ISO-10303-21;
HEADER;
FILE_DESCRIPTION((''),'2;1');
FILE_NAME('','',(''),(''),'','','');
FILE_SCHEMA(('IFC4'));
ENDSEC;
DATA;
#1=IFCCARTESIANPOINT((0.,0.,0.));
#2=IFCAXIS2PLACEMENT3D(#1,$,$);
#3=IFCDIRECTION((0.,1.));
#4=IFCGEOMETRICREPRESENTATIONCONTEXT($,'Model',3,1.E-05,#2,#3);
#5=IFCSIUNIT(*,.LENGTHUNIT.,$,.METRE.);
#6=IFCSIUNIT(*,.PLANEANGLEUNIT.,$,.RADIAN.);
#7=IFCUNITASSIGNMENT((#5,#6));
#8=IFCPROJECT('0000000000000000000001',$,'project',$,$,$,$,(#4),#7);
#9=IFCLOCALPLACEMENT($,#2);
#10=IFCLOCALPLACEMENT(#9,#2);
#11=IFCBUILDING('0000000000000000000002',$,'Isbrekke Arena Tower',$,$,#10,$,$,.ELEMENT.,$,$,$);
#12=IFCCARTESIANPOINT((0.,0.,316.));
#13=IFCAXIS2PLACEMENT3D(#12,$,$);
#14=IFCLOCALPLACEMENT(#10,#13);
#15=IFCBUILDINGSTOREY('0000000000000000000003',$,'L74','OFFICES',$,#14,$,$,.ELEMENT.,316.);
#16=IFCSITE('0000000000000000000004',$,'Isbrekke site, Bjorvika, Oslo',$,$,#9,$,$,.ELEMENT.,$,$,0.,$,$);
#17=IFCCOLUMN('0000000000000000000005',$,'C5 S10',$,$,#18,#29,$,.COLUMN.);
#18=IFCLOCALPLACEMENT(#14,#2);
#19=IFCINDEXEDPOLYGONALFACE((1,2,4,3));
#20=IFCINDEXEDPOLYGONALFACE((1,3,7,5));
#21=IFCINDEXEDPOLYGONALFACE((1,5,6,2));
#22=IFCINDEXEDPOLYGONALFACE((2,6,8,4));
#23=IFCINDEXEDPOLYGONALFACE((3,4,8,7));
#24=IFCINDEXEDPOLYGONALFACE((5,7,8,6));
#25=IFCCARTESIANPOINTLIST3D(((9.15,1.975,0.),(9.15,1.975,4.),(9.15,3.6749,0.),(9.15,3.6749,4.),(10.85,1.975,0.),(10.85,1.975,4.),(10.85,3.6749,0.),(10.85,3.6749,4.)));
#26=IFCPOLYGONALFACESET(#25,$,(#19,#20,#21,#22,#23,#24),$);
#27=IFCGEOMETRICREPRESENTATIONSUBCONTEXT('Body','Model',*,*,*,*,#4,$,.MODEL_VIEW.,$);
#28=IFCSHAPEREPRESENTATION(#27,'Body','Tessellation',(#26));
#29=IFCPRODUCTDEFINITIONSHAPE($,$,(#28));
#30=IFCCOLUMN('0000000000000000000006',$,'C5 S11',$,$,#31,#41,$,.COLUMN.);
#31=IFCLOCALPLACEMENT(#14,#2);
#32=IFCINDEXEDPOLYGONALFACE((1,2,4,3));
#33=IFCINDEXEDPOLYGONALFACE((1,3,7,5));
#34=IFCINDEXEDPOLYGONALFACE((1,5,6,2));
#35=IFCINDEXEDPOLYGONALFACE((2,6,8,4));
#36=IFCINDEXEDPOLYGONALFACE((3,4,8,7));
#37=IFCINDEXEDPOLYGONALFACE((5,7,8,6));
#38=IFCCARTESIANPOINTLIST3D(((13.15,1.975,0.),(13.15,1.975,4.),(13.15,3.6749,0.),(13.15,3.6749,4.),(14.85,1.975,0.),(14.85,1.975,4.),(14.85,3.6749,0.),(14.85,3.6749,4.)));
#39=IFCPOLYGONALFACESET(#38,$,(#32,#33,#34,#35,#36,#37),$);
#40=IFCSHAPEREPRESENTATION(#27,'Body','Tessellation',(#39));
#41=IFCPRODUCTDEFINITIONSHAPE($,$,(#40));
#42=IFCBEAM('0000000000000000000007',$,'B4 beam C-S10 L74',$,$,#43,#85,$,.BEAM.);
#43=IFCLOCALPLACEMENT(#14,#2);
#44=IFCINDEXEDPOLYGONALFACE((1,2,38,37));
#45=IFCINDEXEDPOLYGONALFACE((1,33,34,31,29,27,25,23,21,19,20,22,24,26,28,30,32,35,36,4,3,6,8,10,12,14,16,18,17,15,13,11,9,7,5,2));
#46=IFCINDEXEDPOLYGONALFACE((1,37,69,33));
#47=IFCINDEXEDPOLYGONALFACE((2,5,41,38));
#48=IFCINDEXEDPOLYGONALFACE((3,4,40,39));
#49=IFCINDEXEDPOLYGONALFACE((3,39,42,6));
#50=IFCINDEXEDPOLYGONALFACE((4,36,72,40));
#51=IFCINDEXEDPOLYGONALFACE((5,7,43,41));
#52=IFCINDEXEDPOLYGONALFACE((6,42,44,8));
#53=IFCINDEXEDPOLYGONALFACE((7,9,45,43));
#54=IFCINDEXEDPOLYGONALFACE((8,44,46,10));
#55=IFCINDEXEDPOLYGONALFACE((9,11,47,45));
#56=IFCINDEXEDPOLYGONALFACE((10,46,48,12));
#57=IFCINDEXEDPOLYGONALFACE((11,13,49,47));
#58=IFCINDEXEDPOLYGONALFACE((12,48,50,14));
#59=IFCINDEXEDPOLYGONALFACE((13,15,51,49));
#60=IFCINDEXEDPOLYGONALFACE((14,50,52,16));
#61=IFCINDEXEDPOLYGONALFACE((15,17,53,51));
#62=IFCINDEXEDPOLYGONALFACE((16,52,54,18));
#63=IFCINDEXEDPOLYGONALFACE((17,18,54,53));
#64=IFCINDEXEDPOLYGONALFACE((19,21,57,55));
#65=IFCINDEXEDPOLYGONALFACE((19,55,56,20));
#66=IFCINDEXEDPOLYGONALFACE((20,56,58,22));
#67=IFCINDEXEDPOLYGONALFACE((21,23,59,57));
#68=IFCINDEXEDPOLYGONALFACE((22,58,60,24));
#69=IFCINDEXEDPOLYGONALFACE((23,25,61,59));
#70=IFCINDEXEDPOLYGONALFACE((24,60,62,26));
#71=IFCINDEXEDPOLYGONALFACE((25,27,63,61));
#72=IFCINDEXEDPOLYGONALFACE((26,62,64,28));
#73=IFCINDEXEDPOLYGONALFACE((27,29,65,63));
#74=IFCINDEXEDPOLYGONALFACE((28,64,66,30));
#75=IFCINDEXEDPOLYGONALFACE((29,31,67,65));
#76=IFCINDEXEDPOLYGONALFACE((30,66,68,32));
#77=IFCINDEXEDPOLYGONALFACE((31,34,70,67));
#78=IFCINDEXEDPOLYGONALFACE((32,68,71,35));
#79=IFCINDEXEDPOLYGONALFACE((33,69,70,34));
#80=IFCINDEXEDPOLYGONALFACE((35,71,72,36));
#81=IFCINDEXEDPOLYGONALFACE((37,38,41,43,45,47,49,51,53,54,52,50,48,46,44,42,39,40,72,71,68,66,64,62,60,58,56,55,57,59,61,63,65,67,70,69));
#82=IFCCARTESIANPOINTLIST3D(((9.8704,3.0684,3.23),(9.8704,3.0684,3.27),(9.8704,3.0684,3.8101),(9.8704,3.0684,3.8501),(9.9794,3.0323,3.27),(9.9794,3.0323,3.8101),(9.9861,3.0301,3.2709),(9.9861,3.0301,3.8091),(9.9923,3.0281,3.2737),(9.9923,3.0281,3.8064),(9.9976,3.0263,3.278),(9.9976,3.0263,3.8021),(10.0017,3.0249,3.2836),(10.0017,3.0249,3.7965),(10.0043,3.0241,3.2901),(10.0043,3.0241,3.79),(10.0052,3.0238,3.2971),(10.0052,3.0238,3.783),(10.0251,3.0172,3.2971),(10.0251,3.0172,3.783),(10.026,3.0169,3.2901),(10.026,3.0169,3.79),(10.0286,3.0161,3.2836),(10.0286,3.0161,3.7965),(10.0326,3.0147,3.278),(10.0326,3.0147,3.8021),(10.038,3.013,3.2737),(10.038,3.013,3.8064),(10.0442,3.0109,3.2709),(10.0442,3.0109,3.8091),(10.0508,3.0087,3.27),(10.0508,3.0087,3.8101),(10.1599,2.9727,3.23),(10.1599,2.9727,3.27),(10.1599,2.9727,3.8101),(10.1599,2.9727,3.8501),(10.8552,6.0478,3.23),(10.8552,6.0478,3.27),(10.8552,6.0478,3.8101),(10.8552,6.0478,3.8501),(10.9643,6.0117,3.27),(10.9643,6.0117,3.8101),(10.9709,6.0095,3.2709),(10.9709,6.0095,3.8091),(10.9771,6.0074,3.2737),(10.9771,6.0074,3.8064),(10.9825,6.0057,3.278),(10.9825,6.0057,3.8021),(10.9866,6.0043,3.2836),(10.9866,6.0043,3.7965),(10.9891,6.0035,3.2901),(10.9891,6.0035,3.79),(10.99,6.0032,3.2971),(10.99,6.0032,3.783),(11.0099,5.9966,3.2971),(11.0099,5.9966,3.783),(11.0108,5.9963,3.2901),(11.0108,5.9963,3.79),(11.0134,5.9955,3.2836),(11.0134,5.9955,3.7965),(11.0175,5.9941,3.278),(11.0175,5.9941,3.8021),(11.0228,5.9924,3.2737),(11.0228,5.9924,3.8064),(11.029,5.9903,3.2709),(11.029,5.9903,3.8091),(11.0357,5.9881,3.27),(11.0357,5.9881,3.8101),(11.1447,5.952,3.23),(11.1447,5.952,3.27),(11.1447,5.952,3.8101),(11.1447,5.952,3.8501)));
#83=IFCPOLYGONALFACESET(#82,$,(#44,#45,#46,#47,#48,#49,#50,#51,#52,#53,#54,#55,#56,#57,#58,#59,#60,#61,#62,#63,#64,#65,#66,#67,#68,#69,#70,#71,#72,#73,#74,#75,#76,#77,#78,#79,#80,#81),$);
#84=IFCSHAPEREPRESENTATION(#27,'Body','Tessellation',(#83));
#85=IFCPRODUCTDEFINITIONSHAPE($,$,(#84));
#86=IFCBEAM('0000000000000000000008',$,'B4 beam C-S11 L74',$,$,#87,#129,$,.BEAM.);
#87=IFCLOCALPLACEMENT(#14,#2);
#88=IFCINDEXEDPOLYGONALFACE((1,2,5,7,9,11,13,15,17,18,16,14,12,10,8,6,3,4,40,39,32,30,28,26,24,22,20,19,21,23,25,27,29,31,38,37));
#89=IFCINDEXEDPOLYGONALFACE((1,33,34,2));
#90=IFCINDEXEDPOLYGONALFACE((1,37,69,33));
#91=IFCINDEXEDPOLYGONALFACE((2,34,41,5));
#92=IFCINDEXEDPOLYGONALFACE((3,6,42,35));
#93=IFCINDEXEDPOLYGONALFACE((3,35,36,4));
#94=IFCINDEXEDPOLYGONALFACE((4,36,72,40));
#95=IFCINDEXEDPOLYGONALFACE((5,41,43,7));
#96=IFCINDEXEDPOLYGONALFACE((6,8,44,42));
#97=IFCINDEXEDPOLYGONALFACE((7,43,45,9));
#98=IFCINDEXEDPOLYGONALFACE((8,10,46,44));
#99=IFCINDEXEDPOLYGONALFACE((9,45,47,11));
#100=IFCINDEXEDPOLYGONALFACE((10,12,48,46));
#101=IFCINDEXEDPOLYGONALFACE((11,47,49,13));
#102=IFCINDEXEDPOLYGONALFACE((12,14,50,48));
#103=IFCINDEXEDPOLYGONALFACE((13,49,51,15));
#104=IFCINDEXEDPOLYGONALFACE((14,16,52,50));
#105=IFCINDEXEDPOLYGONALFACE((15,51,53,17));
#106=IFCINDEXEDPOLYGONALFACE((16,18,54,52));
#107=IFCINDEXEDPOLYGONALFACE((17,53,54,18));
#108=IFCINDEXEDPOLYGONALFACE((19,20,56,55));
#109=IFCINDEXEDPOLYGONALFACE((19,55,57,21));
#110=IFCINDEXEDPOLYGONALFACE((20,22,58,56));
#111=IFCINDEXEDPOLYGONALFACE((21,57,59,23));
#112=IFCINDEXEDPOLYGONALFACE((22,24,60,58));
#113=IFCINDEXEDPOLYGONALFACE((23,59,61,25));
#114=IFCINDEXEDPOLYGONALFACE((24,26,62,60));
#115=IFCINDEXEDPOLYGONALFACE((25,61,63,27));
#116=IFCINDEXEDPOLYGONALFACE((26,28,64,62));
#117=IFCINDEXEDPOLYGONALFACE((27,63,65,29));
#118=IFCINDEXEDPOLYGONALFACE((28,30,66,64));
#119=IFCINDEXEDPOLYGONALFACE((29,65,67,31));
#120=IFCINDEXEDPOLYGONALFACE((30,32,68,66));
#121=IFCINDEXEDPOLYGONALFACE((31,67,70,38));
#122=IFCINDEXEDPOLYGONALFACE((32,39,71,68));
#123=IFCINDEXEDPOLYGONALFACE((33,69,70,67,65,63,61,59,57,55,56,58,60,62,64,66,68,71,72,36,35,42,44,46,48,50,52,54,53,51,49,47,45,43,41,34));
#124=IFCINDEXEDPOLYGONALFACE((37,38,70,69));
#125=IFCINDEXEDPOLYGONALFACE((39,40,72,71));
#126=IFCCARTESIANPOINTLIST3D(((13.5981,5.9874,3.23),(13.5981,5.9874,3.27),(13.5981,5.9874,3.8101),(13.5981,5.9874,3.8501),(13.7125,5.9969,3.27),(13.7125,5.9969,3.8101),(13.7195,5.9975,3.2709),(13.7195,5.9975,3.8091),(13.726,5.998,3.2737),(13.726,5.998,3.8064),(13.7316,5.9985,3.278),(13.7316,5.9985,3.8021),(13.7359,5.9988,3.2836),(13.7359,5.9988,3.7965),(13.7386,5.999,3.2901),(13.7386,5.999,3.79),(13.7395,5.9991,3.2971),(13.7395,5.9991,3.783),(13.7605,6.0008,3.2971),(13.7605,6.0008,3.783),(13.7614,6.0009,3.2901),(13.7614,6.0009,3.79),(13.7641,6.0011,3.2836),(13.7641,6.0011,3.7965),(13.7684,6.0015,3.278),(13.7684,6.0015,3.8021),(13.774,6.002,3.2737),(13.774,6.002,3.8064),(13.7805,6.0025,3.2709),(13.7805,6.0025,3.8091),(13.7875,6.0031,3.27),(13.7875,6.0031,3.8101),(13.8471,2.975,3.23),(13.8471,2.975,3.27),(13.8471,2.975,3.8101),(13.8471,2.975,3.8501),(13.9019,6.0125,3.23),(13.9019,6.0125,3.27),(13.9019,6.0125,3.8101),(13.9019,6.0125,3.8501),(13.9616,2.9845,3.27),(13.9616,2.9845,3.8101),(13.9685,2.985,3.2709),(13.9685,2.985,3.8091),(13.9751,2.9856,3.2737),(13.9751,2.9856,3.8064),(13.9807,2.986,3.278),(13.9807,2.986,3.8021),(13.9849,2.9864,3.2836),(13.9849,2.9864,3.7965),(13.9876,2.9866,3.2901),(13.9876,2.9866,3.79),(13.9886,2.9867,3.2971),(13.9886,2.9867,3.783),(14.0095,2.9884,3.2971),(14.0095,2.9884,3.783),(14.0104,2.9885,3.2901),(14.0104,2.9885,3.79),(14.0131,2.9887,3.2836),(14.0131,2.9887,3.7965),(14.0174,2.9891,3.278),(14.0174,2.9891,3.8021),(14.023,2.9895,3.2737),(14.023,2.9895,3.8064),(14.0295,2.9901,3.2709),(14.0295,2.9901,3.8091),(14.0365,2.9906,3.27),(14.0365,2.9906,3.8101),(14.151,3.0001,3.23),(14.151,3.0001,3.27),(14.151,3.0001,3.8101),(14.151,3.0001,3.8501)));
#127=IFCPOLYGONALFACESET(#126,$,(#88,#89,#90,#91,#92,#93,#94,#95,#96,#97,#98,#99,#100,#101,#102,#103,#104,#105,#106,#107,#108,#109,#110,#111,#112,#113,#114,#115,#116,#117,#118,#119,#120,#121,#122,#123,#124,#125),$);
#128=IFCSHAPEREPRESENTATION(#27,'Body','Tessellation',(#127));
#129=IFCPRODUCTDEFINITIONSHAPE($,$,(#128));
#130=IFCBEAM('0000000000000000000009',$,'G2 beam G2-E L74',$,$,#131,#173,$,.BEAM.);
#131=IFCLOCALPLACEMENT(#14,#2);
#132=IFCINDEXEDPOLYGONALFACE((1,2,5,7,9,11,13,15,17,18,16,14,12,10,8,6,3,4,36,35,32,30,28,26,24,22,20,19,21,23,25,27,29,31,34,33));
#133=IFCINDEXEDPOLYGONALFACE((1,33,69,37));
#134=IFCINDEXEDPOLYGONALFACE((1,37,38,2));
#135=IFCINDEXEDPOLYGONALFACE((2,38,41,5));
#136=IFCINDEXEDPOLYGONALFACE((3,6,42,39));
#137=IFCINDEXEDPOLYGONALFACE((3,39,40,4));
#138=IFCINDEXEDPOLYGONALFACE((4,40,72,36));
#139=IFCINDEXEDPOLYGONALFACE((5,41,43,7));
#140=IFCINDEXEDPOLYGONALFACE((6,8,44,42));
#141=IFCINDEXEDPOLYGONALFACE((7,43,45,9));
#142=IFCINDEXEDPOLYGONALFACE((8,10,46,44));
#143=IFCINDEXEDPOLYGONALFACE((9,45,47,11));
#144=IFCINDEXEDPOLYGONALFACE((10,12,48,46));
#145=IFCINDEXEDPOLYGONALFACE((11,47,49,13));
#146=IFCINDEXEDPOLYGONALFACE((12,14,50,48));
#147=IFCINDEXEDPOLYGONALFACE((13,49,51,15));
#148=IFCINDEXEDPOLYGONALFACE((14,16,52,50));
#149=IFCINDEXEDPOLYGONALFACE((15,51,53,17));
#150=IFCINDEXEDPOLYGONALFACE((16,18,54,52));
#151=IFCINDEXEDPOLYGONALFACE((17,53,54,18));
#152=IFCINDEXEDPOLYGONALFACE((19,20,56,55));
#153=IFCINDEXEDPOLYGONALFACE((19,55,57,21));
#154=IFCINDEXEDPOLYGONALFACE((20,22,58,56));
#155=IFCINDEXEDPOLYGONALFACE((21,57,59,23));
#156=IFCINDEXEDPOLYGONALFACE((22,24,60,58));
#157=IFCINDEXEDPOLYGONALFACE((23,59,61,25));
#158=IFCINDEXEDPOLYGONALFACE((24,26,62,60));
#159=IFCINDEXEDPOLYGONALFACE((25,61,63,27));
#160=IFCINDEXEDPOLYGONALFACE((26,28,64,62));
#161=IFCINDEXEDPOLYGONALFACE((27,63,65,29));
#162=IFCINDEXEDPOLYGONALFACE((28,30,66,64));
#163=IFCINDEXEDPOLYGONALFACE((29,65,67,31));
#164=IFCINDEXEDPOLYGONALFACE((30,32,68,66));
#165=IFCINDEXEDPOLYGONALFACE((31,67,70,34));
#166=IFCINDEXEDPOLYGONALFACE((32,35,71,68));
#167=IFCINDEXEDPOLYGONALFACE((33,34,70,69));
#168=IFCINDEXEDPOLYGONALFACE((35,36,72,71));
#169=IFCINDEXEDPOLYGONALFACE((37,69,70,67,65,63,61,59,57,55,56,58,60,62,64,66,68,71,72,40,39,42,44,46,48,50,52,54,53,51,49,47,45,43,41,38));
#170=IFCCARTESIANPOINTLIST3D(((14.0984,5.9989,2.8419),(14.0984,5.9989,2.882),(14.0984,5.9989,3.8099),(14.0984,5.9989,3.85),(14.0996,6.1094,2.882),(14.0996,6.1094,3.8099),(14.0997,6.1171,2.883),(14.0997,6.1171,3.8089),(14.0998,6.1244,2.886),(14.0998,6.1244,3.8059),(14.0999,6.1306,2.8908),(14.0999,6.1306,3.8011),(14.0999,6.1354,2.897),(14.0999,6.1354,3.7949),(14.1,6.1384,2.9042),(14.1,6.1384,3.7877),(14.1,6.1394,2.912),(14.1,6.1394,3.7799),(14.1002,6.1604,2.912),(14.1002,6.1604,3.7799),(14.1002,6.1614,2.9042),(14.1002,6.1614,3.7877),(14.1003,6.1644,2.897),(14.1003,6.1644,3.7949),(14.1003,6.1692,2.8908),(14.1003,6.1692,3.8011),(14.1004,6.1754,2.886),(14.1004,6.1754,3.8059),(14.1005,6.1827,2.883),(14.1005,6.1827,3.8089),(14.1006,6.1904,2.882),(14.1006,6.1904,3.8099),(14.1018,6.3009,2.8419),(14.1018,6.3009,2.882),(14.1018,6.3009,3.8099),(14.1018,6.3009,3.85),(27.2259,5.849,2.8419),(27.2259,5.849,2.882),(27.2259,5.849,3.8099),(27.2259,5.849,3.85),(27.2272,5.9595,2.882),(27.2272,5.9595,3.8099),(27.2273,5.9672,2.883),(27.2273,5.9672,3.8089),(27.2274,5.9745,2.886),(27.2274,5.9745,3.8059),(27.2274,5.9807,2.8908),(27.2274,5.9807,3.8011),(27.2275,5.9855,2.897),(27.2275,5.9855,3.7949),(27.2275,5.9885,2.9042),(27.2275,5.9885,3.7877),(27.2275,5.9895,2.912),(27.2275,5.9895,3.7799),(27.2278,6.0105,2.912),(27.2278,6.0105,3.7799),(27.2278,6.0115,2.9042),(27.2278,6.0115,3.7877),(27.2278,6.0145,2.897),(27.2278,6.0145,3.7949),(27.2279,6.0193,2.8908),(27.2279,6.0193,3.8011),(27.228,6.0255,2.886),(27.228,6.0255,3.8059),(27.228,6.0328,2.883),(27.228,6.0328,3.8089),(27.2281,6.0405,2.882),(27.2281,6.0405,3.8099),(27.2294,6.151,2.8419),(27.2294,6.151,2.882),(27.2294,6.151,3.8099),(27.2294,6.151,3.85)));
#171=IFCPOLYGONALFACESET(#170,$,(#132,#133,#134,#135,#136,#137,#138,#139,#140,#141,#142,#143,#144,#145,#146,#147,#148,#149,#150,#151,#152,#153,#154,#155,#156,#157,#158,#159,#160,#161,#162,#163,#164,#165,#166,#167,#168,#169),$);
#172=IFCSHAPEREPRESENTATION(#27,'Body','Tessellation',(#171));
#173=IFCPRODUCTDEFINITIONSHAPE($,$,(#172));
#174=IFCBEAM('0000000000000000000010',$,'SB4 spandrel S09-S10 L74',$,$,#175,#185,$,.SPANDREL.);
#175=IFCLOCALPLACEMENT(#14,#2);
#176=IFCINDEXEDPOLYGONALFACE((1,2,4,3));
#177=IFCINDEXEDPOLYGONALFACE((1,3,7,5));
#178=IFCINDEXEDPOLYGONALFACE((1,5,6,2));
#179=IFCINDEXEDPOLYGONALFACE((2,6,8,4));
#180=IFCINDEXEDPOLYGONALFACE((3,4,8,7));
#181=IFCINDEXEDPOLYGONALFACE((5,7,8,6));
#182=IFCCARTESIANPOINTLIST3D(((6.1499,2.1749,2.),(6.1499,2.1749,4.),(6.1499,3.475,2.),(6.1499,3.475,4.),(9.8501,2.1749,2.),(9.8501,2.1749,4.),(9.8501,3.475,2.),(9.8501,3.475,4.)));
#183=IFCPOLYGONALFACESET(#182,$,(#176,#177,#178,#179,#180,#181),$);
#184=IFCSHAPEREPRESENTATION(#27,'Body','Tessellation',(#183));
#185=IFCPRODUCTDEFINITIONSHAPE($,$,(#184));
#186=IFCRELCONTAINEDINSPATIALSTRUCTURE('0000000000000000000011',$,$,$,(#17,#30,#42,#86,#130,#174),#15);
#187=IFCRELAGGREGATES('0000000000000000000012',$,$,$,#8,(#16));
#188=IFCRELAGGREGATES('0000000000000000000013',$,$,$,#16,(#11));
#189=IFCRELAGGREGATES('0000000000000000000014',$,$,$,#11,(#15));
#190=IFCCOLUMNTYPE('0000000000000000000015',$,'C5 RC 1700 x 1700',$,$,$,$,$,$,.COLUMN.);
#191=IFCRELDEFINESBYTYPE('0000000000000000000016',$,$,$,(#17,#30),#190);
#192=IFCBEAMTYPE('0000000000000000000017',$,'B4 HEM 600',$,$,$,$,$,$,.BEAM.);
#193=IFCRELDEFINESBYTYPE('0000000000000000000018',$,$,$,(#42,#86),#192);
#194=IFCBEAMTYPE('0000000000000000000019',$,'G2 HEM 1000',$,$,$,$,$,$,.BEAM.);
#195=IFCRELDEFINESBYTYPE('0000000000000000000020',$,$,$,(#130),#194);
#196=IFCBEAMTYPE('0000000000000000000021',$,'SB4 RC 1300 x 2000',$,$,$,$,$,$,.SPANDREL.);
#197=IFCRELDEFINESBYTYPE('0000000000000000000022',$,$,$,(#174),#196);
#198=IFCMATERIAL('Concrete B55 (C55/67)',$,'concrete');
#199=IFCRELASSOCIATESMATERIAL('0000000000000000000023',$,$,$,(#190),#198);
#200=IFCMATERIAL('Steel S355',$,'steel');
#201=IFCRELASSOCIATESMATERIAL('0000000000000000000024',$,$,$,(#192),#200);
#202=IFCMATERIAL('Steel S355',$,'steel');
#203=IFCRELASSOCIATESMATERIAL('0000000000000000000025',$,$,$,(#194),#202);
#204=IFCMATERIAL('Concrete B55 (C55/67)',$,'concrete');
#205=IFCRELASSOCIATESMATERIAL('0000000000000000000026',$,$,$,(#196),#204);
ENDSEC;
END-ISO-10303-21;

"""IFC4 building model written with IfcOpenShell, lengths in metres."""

from ifc_helpers import new_model, si_unit, direction, frame, origin, origin_2d, place, context, subcontext, project, spatial, rectangle, i_section, extrude, material, material_profile, profile_set, type_object, element, save


model = new_model("IFC4")

# Units and contexts
model_context = context("Model", 3, precision=1e-05, world=origin(), true_north=direction((0.0, 1.0)))
body_context = subcontext(model_context, "Body", "Model", "MODEL_VIEW")
ifc_project = project(units=[si_unit("LENGTHUNIT", "METRE"), si_unit("PLANEANGLEUNIT", "RADIAN")], contexts=[model_context])

# Site, building, storey
site_placement = place(None, origin())
site = spatial("IfcSite", under=ifc_project, at=site_placement, Name="Isbrekke site, Bjorvika, Oslo", CompositionType="ELEMENT", RefElevation=0.0)
building_placement = place(site_placement, origin())
building = spatial("IfcBuilding", under=site, at=building_placement, Name="Isbrekke Arena Tower", CompositionType="ELEMENT")
storey_placement = place(building_placement, frame((0.0, 0.0, 316.0)))
storey = spatial("IfcBuildingStorey", under=building, at=storey_placement, Name="L74", Description="OFFICES", CompositionType="ELEMENT", Elevation=316.0)

# Columns
ifc_material_1 = material(Name="Concrete B55 (C55/67)", Category="concrete")
ifc_material_profile_1 = material_profile(ifc_material_1, rectangle(XDim=1.7, YDim=1.7, at=origin_2d()), Name="RC 1700x1700")
ifc_profile_set_1 = profile_set([ifc_material_profile_1], Name="Concrete B55 (C55/67)")
column_type = type_object("IfcColumnType", Name="C5 RC 1700 x 1700", PredefinedType="COLUMN", material=ifc_profile_set_1)
for number, where, z_axis, x_axis, name in (
    (1, (10.0, 2.825, 0.0), (0.0, 0.0, 1.0), (1.0, 0.0, 0.0), "C5 S10"),
    (2, (14.0, 2.825, 0.0), (0.0, 0.0, 1.0), (1.0, 0.0, 0.0), "C5 S11"),
):
    element("IfcColumn", number, at=place(storey_placement, frame(where, z_axis=z_axis, x_axis=x_axis)), inside=storey, type_object=column_type, Name=name, PredefinedType="COLUMN", context=body_context, shape_type="SweptSolid", body=[
        extrude(rectangle(XDim=1.7, YDim=1.7, at=origin_2d()), origin(), (0.0, 0.0, 1.0), 4.0),
    ])

# Beams
ifc_material_2 = material(Name="Steel S355", Category="steel")
ifc_material_profile_2 = material_profile(ifc_material_2, i_section(OverallWidth=0.3049, OverallDepth=0.6201, WebThickness=0.021, FlangeThickness=0.04, FilletRadius=0.0271, at=origin_2d()), Name="HEM 600")
ifc_profile_set_2 = profile_set([ifc_material_profile_2], Name="Steel S355")
beam_type_1 = type_object("IfcBeamType", Name="B4 HEM 600", PredefinedType="BEAM", material=ifc_profile_set_2)
beam_1_placement = place(storey_placement, frame((10.0151, 3.0205, 3.54), z_axis=(0.313846, 0.949474, 0.0), x_axis=(-0.949474, 0.313846, 0.0)))
element("IfcBeam", 3, at=beam_1_placement, inside=storey, type_object=beam_type_1, Name="B4 beam C-S10 L74", PredefinedType="BEAM", context=body_context, shape_type="SweptSolid", body=[
    extrude(i_section(OverallWidth=0.3049, OverallDepth=0.6201, WebThickness=0.021, FlangeThickness=0.04, FilletRadius=0.0271, at=origin_2d()), origin(), (0.0, 0.0, 1.0), 3.1379),
])
beam_2_placement = place(storey_placement, frame((13.999, 2.9875, 3.54), z_axis=(-0.082384, 0.996601, 0.0), x_axis=(-0.996601, -0.082384, 0.0)))
element("IfcBeam", 4, at=beam_2_placement, inside=storey, type_object=beam_type_1, Name="B4 beam C-S11 L74", PredefinedType="BEAM", context=body_context, shape_type="SweptSolid", body=[
    extrude(i_section(OverallWidth=0.3049, OverallDepth=0.6201, WebThickness=0.021, FlangeThickness=0.04, FilletRadius=0.0271, at=origin_2d()), origin(), (0.0, 0.0, 1.0), 3.0227),
])
ifc_material_3 = material(Name="Steel S355", Category="steel")
ifc_material_profile_3 = material_profile(ifc_material_3, i_section(OverallWidth=0.302, OverallDepth=1.0081, WebThickness=0.021, FlangeThickness=0.04, FilletRadius=0.03, at=origin_2d()), Name="HEM 1000")
ifc_profile_set_3 = profile_set([ifc_material_profile_3], Name="Steel S355")
beam_type_2 = type_object("IfcBeamType", Name="G2 HEM 1000", PredefinedType="BEAM", material=ifc_profile_set_3)
beam_3_placement = place(storey_placement, frame((14.1001, 6.1499, 3.3459), z_axis=(0.999935, -0.011418, 0.0), x_axis=(0.011418, 0.999935, 0.0)))
element("IfcBeam", 5, at=beam_3_placement, inside=storey, type_object=beam_type_2, Name="G2 beam G2-E L74", PredefinedType="BEAM", context=body_context, shape_type="SweptSolid", body=[
    extrude(i_section(OverallWidth=0.302, OverallDepth=1.0081, WebThickness=0.021, FlangeThickness=0.04, FilletRadius=0.03, at=origin_2d()), origin(), (0.0, 0.0, 1.0), 13.1284),
])
ifc_material_4 = material(Name="Concrete B55 (C55/67)", Category="concrete")
ifc_material_profile_4 = material_profile(ifc_material_4, rectangle(XDim=1.3, YDim=2.0, at=origin_2d()), Name="RC 1300x2000")
ifc_profile_set_4 = profile_set([ifc_material_profile_4], Name="Concrete B55 (C55/67)")
beam_type_3 = type_object("IfcBeamType", Name="SB4 RC 1300 x 2000", PredefinedType="SPANDREL", material=ifc_profile_set_4)
for number, where, z_axis, x_axis, name in (
    (6, (6.1499, 2.825, 3.0), (1.0, 0.0, 0.0), (0.0, 1.0, 0.0), "SB4 spandrel S09-S10 L74"),
):
    element("IfcBeam", number, at=place(storey_placement, frame(where, z_axis=z_axis, x_axis=x_axis)), inside=storey, type_object=beam_type_3, Name=name, PredefinedType="SPANDREL", context=body_context, shape_type="SweptSolid", body=[
        extrude(rectangle(XDim=1.3, YDim=2.0, at=origin_2d()), origin(), (0.0, 0.0, 1.0), 3.7002),
    ])

save(model, "model.ifc")
